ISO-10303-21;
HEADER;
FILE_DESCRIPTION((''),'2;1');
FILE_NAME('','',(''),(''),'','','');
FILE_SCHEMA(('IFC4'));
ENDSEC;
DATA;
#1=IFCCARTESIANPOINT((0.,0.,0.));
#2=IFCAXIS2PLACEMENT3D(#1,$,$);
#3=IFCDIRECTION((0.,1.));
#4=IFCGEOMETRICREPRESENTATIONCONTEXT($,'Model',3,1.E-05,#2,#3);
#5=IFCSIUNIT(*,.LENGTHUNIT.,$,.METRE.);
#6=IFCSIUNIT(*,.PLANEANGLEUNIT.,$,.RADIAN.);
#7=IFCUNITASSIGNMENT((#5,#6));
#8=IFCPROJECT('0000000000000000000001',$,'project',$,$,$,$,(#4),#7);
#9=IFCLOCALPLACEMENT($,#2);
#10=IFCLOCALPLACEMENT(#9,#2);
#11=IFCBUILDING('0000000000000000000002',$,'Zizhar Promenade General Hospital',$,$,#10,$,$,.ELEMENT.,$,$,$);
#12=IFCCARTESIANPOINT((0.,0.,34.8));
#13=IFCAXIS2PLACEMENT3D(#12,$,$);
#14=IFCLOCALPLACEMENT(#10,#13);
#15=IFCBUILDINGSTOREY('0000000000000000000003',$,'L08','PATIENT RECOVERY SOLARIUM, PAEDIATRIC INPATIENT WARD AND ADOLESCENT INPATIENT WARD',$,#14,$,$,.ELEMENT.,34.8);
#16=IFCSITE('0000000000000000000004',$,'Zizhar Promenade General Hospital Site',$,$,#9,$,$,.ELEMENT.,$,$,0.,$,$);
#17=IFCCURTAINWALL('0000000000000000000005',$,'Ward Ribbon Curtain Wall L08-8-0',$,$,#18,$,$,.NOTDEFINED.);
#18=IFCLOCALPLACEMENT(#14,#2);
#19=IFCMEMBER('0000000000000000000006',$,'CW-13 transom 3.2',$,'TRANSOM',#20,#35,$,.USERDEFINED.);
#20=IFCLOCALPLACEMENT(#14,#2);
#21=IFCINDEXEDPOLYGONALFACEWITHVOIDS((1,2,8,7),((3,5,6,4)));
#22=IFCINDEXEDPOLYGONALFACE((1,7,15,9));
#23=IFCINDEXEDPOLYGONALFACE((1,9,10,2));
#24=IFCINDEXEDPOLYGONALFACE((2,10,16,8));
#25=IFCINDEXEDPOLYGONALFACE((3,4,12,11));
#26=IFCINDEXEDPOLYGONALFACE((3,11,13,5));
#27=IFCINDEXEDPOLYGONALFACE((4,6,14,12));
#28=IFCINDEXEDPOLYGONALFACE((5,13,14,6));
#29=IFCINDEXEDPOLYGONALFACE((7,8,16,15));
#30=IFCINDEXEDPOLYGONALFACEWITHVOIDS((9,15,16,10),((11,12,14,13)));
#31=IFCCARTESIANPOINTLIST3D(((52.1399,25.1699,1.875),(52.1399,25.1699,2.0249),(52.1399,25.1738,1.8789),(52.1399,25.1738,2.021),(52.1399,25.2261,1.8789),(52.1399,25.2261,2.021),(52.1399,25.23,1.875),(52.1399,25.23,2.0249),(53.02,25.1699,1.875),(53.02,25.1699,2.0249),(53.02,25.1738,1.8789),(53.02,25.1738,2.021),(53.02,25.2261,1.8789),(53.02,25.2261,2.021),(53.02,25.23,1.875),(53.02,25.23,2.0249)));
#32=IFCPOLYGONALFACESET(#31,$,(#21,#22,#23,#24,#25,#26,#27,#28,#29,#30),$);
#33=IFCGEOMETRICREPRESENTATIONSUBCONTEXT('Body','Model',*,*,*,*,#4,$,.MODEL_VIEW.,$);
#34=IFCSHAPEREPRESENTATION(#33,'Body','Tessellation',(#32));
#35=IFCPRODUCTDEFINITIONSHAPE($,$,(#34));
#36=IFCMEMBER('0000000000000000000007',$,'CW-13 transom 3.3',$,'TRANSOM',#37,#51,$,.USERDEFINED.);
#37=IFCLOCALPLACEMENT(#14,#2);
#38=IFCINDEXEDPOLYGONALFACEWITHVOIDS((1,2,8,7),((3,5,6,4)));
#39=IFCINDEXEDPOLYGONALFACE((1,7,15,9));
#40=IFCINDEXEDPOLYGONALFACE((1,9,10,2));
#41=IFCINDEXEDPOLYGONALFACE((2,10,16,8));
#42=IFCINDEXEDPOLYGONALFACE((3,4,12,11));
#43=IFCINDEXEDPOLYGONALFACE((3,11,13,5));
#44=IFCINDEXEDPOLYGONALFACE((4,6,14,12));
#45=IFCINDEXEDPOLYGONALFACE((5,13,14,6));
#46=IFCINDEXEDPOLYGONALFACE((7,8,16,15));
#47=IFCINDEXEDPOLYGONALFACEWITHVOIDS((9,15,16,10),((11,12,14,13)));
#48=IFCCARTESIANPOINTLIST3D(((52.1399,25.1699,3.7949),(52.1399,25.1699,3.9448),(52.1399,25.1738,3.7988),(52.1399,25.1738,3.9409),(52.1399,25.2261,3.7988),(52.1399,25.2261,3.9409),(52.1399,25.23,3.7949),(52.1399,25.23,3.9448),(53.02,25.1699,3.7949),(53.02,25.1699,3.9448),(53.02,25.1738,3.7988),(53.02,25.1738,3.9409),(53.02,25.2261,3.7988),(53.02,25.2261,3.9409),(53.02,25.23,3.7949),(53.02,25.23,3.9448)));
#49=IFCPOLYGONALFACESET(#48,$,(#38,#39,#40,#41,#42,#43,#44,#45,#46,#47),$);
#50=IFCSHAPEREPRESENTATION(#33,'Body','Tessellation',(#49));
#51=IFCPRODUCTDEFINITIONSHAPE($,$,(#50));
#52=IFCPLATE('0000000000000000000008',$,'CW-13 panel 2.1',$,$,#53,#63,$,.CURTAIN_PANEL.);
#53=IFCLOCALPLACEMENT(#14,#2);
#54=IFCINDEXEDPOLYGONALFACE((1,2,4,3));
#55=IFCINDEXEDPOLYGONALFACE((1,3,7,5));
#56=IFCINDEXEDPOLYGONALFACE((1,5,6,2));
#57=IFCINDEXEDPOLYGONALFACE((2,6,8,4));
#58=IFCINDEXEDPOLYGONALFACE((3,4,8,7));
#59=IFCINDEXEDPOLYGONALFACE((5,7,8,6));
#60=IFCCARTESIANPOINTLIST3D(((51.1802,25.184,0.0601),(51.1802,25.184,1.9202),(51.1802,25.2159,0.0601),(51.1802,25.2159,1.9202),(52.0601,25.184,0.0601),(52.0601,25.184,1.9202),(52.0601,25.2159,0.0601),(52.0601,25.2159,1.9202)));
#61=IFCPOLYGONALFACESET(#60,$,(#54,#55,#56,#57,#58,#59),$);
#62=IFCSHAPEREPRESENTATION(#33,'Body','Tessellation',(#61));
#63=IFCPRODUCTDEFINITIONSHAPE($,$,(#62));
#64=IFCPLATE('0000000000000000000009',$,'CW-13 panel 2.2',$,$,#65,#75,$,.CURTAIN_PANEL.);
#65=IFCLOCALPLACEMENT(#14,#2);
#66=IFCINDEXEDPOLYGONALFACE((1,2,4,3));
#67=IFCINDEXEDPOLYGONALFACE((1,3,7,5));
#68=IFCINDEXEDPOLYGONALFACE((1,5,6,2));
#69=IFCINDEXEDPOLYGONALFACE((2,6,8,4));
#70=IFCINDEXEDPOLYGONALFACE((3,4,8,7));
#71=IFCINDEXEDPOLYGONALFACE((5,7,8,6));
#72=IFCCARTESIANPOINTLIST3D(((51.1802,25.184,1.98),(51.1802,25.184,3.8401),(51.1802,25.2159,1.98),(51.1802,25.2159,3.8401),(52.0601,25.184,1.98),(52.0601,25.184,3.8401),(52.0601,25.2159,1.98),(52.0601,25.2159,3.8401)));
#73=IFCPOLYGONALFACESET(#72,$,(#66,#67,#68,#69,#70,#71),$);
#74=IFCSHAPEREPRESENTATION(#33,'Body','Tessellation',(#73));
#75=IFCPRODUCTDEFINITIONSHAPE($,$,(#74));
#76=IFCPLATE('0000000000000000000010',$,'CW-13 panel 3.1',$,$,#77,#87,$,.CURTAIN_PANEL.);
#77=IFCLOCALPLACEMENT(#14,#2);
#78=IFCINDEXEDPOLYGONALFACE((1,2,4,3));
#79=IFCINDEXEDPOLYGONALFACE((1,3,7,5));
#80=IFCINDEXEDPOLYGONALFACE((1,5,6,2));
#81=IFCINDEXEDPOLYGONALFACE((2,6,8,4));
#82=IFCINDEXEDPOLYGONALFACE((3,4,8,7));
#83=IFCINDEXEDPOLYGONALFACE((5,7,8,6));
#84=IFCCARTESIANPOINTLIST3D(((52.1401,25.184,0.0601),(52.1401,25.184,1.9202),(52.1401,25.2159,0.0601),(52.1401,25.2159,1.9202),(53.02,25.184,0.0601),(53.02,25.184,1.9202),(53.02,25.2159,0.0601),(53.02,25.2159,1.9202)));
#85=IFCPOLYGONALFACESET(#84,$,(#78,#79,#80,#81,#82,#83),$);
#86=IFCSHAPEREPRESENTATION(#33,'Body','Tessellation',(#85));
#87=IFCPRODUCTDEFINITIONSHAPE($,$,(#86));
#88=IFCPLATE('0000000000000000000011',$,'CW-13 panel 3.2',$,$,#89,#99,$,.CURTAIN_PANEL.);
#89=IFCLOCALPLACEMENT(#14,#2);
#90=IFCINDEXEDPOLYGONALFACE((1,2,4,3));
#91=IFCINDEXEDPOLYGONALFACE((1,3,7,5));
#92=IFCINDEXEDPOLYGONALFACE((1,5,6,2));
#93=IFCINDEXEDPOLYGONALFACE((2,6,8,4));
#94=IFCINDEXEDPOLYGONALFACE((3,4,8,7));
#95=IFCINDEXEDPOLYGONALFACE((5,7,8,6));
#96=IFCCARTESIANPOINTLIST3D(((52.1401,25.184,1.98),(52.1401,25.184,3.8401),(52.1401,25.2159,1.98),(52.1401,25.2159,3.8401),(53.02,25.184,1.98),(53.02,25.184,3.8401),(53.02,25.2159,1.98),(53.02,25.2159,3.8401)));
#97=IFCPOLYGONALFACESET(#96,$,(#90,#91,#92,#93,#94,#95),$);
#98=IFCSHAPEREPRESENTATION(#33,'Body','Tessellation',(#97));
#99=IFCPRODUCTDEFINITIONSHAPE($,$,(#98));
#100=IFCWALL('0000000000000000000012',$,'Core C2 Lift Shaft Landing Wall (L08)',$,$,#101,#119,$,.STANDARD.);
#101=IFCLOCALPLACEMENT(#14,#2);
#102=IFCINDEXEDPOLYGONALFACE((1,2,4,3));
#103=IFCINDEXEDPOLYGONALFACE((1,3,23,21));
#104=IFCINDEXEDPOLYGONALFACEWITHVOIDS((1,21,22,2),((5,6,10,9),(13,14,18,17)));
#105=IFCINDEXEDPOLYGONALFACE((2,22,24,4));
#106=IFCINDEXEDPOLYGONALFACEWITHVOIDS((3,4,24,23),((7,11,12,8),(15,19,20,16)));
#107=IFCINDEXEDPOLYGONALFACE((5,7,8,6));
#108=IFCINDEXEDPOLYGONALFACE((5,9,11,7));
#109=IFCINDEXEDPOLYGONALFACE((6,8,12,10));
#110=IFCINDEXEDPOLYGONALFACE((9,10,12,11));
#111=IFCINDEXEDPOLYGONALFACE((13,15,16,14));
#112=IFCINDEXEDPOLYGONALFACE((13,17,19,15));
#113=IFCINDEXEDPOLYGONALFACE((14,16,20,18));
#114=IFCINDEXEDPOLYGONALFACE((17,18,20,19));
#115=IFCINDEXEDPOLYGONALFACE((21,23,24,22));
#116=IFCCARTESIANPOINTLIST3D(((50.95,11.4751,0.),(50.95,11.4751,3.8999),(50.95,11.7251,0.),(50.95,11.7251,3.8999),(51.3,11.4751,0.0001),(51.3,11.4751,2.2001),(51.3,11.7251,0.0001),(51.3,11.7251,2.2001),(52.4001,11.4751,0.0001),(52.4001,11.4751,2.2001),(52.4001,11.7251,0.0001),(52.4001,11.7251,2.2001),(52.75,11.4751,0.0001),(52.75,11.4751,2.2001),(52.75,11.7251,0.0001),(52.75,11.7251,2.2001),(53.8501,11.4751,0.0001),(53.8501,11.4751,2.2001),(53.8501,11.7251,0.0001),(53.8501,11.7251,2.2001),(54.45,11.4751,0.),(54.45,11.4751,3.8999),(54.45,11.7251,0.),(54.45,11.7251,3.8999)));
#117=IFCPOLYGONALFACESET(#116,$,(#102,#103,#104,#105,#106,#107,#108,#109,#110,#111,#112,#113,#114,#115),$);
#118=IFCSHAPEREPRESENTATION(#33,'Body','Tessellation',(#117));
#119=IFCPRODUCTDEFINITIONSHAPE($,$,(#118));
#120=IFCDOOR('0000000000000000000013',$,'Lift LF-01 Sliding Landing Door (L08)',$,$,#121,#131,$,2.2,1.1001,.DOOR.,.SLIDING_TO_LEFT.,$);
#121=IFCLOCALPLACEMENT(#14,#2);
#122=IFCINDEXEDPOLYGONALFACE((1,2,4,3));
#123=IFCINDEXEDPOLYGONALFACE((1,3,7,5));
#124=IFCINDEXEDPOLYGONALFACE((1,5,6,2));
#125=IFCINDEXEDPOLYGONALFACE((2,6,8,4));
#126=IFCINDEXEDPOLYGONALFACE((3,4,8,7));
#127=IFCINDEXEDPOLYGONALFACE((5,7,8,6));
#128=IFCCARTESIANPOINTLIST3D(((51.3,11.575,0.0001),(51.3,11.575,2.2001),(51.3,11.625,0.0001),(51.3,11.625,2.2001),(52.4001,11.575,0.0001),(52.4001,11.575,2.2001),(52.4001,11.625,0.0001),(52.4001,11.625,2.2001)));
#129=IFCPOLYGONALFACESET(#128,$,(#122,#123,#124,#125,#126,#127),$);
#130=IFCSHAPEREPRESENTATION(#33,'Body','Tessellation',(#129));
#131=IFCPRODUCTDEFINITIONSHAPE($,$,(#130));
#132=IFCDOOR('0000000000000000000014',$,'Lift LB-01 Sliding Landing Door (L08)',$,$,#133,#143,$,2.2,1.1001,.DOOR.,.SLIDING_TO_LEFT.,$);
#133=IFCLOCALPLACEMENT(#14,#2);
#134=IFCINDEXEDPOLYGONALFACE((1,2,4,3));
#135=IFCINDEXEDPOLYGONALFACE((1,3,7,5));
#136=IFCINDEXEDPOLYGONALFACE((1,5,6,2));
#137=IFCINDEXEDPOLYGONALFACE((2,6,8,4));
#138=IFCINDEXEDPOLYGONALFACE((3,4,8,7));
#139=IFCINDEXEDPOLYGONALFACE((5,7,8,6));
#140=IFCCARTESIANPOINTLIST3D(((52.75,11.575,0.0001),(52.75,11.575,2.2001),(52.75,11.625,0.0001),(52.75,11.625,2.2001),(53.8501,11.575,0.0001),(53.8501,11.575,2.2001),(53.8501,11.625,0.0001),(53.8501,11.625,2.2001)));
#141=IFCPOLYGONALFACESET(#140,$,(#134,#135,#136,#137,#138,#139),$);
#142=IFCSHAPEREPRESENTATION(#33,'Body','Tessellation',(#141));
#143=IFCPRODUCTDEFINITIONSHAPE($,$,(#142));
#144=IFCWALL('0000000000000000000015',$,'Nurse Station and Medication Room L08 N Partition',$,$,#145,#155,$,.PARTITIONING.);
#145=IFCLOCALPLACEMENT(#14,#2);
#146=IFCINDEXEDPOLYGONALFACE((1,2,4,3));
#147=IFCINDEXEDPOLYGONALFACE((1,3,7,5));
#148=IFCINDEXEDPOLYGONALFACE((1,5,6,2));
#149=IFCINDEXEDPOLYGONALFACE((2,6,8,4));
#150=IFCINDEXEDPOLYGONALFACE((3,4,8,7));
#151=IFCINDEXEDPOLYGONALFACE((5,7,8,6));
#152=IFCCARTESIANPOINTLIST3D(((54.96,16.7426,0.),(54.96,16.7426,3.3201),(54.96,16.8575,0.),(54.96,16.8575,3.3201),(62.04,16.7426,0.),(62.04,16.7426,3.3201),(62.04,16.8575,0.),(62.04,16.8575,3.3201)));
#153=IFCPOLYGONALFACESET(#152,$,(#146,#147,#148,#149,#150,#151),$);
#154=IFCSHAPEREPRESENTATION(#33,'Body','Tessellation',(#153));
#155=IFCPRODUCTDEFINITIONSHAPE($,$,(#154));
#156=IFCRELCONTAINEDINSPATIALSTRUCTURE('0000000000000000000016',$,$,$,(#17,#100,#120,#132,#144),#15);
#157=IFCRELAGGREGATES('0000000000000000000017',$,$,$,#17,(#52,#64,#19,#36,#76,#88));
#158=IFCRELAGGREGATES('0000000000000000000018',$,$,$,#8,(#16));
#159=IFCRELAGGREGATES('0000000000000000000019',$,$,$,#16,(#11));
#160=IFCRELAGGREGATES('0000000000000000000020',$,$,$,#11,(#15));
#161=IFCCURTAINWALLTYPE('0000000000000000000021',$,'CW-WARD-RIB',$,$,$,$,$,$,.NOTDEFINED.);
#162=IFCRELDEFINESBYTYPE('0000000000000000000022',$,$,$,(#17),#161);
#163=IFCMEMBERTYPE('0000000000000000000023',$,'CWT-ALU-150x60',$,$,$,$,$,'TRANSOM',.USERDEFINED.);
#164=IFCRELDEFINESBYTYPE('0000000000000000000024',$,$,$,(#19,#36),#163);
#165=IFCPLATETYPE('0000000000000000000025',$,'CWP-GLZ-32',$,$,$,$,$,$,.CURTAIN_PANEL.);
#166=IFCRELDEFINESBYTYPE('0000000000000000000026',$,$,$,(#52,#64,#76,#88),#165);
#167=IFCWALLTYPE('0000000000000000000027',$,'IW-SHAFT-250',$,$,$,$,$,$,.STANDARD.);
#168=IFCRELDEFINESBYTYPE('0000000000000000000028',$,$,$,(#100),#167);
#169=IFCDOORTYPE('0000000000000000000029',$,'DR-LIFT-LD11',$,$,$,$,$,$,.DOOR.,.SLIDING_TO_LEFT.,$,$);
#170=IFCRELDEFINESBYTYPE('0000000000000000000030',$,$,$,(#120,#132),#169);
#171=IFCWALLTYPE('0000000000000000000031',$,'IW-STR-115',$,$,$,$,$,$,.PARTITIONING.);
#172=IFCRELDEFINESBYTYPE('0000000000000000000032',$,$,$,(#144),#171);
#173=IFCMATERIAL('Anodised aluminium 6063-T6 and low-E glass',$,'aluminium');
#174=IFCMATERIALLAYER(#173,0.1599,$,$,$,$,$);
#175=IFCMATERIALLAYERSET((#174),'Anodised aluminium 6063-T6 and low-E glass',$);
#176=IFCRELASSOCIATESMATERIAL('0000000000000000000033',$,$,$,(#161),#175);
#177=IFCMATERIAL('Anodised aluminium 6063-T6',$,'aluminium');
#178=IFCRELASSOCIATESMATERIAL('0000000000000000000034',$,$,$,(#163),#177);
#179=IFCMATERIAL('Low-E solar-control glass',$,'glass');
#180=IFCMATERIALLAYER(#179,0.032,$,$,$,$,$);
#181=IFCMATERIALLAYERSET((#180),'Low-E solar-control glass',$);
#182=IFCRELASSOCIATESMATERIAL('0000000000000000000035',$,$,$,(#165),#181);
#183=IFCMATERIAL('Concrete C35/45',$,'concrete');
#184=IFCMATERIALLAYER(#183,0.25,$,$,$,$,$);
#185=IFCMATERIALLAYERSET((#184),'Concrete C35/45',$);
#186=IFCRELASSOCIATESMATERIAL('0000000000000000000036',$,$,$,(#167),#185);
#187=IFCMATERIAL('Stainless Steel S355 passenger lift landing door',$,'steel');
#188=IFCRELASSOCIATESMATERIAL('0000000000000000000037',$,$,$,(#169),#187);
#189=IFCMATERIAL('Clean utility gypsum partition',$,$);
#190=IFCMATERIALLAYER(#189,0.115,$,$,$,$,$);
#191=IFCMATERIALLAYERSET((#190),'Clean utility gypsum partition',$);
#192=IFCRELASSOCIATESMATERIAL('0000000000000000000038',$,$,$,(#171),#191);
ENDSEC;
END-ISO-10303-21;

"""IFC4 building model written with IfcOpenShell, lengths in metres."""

from ifc_helpers import new_model, si_unit, direction, frame, frame_2d, origin, origin_2d, place, context, subcontext, project, spatial, rectangle, hollow_rectangle, extrude, material, layer, layer_set, material_profile, profile_set, type_object, element, fill, aggregate, save


model = new_model("IFC4")

# Units and contexts
model_context = context("Model", 3, precision=1e-05, world=origin(), true_north=direction((0.0, 1.0)))
body_context = subcontext(model_context, "Body", "Model", "MODEL_VIEW")
ifc_project = project(units=[si_unit("LENGTHUNIT", "METRE"), si_unit("PLANEANGLEUNIT", "RADIAN")], contexts=[model_context])

# Site, building, storey
site_placement = place(None, origin())
site = spatial("IfcSite", under=ifc_project, at=site_placement, Name="Zizhar Promenade General Hospital Site", CompositionType="ELEMENT", RefElevation=0.0)
building_placement = place(site_placement, origin())
building = spatial("IfcBuilding", under=site, at=building_placement, Name="Zizhar Promenade General Hospital", CompositionType="ELEMENT")
storey_placement = place(building_placement, frame((0.0, 0.0, 34.8)))
storey = spatial("IfcBuildingStorey", under=building, at=storey_placement, Name="L08", Description="PATIENT RECOVERY SOLARIUM, PAEDIATRIC INPATIENT WARD AND ADOLESCENT INPATIENT WARD", CompositionType="ELEMENT", Elevation=34.8)

# Curtain wall, members, plates
ifc_material_1 = material(Name="Anodised aluminium 6063-T6 and low-E glass", Category="aluminium")
ifc_layer_1 = layer(ifc_material_1, 0.1599)
ifc_layer_set_1 = layer_set([ifc_layer_1], Name="Anodised aluminium 6063-T6 and low-E glass")
curtain_wall_type = type_object("IfcCurtainWallType", Name="CW-WARD-RIB", PredefinedType="NOTDEFINED", material=ifc_layer_set_1)
curtain_wall_placement = place(storey_placement, origin())
curtain_wall = element("IfcCurtainWall", 1, at=curtain_wall_placement, inside=storey, type_object=curtain_wall_type, Name="Ward Ribbon Curtain Wall L08-8-0", PredefinedType="NOTDEFINED")
ifc_material_2 = material(Name="Anodised aluminium 6063-T6", Category="aluminium")
ifc_material_profile_1 = material_profile(ifc_material_2, hollow_rectangle(XDim=0.0601, YDim=0.1499, WallThickness=0.0039, at=origin_2d()))
ifc_profile_set_1 = profile_set([ifc_material_profile_1], Name="Anodised aluminium 6063-T6")
member_type_1 = type_object("IfcMemberType", Name="CWT-ALU-150x60", ElementType="TRANSOM", PredefinedType="USERDEFINED", material=ifc_profile_set_1)
member_1_placement = place(storey_placement, frame((52.1399, 25.2, 1.95), z_axis=(1.0, 0.0, 0.0), x_axis=(0.0, 1.0, 0.0)))
member_1 = element("IfcMember", 2, at=member_1_placement, type_object=member_type_1, Name="CW-13 transom 3.2", ObjectType="TRANSOM", PredefinedType="USERDEFINED", context=body_context, shape_type="SweptSolid", body=[
    extrude(hollow_rectangle(XDim=0.0601, YDim=0.1499, WallThickness=0.0039, at=origin_2d()), origin(), (0.0, 0.0, 1.0), 0.8801),
])
member_2_placement = place(storey_placement, frame((52.1399, 25.2, 3.8699), z_axis=(1.0, 0.0, 0.0), x_axis=(0.0, 1.0, 0.0)))
member_2 = element("IfcMember", 3, at=member_2_placement, type_object=member_type_1, Name="CW-13 transom 3.3", ObjectType="TRANSOM", PredefinedType="USERDEFINED", context=body_context, shape_type="SweptSolid", body=[
    extrude(hollow_rectangle(XDim=0.0601, YDim=0.1499, WallThickness=0.0039, at=origin_2d()), origin(), (0.0, 0.0, 1.0), 0.8801),
])
ifc_material_3 = material(Name="Low-E solar-control glass", Category="glass")
ifc_layer_2 = layer(ifc_material_3, 0.032)
ifc_layer_set_2 = layer_set([ifc_layer_2], Name="Low-E solar-control glass")
plate_type = type_object("IfcPlateType", Name="CWP-GLZ-32", PredefinedType="CURTAIN_PANEL", material=ifc_layer_set_2)
plate_1_placement = place(storey_placement, frame((51.6201, 25.2, 0.0601), z_axis=(0.0, 0.0, 1.0), x_axis=(1.0, 0.0, 0.0)))
plate_1 = element("IfcPlate", 4, at=plate_1_placement, type_object=plate_type, Name="CW-13 panel 2.1", PredefinedType="CURTAIN_PANEL", context=body_context, shape_type="SweptSolid", body=[
    extrude(rectangle(XDim=0.8799, YDim=0.032, at=origin_2d()), origin(), (0.0, 0.0, 1.0), 1.8601),
])
plate_2_placement = place(storey_placement, frame((51.6201, 25.2, 1.98), z_axis=(0.0, 0.0, 1.0), x_axis=(1.0, 0.0, 0.0)))
plate_2 = element("IfcPlate", 5, at=plate_2_placement, type_object=plate_type, Name="CW-13 panel 2.2", PredefinedType="CURTAIN_PANEL", context=body_context, shape_type="SweptSolid", body=[
    extrude(rectangle(XDim=0.8799, YDim=0.032, at=origin_2d()), origin(), (0.0, 0.0, 1.0), 1.8601),
])
plate_3_placement = place(storey_placement, frame((52.5801, 25.2, 0.0601), z_axis=(0.0, 0.0, 1.0), x_axis=(1.0, 0.0, 0.0)))
plate_3 = element("IfcPlate", 6, at=plate_3_placement, type_object=plate_type, Name="CW-13 panel 3.1", PredefinedType="CURTAIN_PANEL", context=body_context, shape_type="SweptSolid", body=[
    extrude(rectangle(XDim=0.8799, YDim=0.032, at=origin_2d()), origin(), (0.0, 0.0, 1.0), 1.8601),
])
plate_4_placement = place(storey_placement, frame((52.5801, 25.2, 1.98), z_axis=(0.0, 0.0, 1.0), x_axis=(1.0, 0.0, 0.0)))
plate_4 = element("IfcPlate", 7, at=plate_4_placement, type_object=plate_type, Name="CW-13 panel 3.2", PredefinedType="CURTAIN_PANEL", context=body_context, shape_type="SweptSolid", body=[
    extrude(rectangle(XDim=0.8799, YDim=0.032, at=origin_2d()), origin(), (0.0, 0.0, 1.0), 1.8601),
])
aggregate(curtain_wall, [plate_1, plate_2, member_1, member_2, plate_3, plate_4])

# Wall, openings, doors
ifc_material_4 = material(Name="Concrete C35/45", Category="concrete")
ifc_layer_3 = layer(ifc_material_4, 0.25)
ifc_layer_set_3 = layer_set([ifc_layer_3], Name="Concrete C35/45")
wall_type_1 = type_object("IfcWallType", Name="IW-SHAFT-250", PredefinedType="STANDARD", material=ifc_layer_set_3)
wall_1_placement = place(storey_placement, frame((50.95, 11.6001, 0.0), z_axis=(0.0, 0.0, 1.0), x_axis=(1.0, 0.0, 0.0)))
wall_1 = element("IfcWall", 8, at=wall_1_placement, inside=storey, type_object=wall_type_1, Name="Core C2 Lift Shaft Landing Wall (L08)", PredefinedType="STANDARD", context=body_context, shape_type="SweptSolid", body=[
    extrude(rectangle(XDim=3.5, YDim=0.25, at=frame_2d((1.75, 0.0))), origin(), (0.0, 0.0, 1.0), 3.8999),
])
opening_1_placement = place(wall_1_placement, frame((0.3501, 0.0, 0.0)))
opening_1 = element("IfcOpeningElement", 9, at=opening_1_placement, cuts=wall_1, PredefinedType="OPENING", context=body_context, shape_type="SweptSolid", body=[
    extrude(rectangle(XDim=1.1001, YDim=2.2, at=frame_2d((0.55, 1.1001))), frame((0.0, 0.135, 0.0), z_axis=(0.0, -1.0, 0.0), x_axis=(1.0, 0.0, 0.0)), (0.0, 0.0, 1.0), 0.27),
])
opening_2_placement = place(wall_1_placement, frame((1.8, 0.0, 0.0)))
opening_2 = element("IfcOpeningElement", 10, at=opening_2_placement, cuts=wall_1, PredefinedType="OPENING", context=body_context, shape_type="SweptSolid", body=[
    extrude(rectangle(XDim=1.1001, YDim=2.2, at=frame_2d((0.55, 1.1001))), frame((0.0, 0.135, 0.0), z_axis=(0.0, -1.0, 0.0), x_axis=(1.0, 0.0, 0.0)), (0.0, 0.0, 1.0), 0.27),
])
ifc_material_5 = material(Name="Stainless Steel S355 passenger lift landing door", Category="steel")
door_type_1 = type_object("IfcDoorType", Name="DR-LIFT-LD11", OperationType="SLIDING_TO_LEFT", PredefinedType="DOOR", material=ifc_material_5)
door_1_placement = place(opening_1_placement, origin())
door_1 = element("IfcDoor", 11, at=door_1_placement, inside=storey, type_object=door_type_1, Name="Lift LF-01 Sliding Landing Door (L08)", OperationType="SLIDING_TO_LEFT", OverallHeight=2.2, OverallWidth=1.1001, PredefinedType="DOOR", context=body_context, shape_type="SweptSolid", body=[
    extrude(rectangle(XDim=1.1001, YDim=2.2, at=frame_2d((0.55, 1.1001))), frame((0.0, 0.0249, 0.0), z_axis=(0.0, -1.0, 0.0), x_axis=(1.0, 0.0, 0.0)), (0.0, 0.0, 1.0), 0.05),
])
fill(opening_1, door_1)
door_2_placement = place(opening_2_placement, origin())
door_2 = element("IfcDoor", 12, at=door_2_placement, inside=storey, type_object=door_type_1, Name="Lift LB-01 Sliding Landing Door (L08)", OperationType="SLIDING_TO_LEFT", OverallHeight=2.2, OverallWidth=1.1001, PredefinedType="DOOR", context=body_context, shape_type="SweptSolid", body=[
    extrude(rectangle(XDim=1.1001, YDim=2.2, at=frame_2d((0.55, 1.1001))), frame((0.0, 0.0249, 0.0), z_axis=(0.0, -1.0, 0.0), x_axis=(1.0, 0.0, 0.0)), (0.0, 0.0, 1.0), 0.05),
])
fill(opening_2, door_2)

# Wall
ifc_material_6 = material(Name="Clean utility gypsum partition")
ifc_layer_4 = layer(ifc_material_6, 0.115)
ifc_layer_set_4 = layer_set([ifc_layer_4], Name="Clean utility gypsum partition")
wall_type_2 = type_object("IfcWallType", Name="IW-STR-115", PredefinedType="PARTITIONING", material=ifc_layer_set_4)
wall_2_placement = place(storey_placement, frame((54.96, 16.8, 0.0), z_axis=(0.0, 0.0, 1.0), x_axis=(1.0, 0.0, 0.0)))
element("IfcWall", 13, at=wall_2_placement, inside=storey, type_object=wall_type_2, Name="Nurse Station and Medication Room L08 N Partition", PredefinedType="PARTITIONING", context=body_context, shape_type="SweptSolid", body=[
    extrude(rectangle(XDim=7.0801, YDim=0.115, at=frame_2d((3.54, 0.0))), origin(), (0.0, 0.0, 1.0), 3.3201),
])

save(model, "model.ifc")
